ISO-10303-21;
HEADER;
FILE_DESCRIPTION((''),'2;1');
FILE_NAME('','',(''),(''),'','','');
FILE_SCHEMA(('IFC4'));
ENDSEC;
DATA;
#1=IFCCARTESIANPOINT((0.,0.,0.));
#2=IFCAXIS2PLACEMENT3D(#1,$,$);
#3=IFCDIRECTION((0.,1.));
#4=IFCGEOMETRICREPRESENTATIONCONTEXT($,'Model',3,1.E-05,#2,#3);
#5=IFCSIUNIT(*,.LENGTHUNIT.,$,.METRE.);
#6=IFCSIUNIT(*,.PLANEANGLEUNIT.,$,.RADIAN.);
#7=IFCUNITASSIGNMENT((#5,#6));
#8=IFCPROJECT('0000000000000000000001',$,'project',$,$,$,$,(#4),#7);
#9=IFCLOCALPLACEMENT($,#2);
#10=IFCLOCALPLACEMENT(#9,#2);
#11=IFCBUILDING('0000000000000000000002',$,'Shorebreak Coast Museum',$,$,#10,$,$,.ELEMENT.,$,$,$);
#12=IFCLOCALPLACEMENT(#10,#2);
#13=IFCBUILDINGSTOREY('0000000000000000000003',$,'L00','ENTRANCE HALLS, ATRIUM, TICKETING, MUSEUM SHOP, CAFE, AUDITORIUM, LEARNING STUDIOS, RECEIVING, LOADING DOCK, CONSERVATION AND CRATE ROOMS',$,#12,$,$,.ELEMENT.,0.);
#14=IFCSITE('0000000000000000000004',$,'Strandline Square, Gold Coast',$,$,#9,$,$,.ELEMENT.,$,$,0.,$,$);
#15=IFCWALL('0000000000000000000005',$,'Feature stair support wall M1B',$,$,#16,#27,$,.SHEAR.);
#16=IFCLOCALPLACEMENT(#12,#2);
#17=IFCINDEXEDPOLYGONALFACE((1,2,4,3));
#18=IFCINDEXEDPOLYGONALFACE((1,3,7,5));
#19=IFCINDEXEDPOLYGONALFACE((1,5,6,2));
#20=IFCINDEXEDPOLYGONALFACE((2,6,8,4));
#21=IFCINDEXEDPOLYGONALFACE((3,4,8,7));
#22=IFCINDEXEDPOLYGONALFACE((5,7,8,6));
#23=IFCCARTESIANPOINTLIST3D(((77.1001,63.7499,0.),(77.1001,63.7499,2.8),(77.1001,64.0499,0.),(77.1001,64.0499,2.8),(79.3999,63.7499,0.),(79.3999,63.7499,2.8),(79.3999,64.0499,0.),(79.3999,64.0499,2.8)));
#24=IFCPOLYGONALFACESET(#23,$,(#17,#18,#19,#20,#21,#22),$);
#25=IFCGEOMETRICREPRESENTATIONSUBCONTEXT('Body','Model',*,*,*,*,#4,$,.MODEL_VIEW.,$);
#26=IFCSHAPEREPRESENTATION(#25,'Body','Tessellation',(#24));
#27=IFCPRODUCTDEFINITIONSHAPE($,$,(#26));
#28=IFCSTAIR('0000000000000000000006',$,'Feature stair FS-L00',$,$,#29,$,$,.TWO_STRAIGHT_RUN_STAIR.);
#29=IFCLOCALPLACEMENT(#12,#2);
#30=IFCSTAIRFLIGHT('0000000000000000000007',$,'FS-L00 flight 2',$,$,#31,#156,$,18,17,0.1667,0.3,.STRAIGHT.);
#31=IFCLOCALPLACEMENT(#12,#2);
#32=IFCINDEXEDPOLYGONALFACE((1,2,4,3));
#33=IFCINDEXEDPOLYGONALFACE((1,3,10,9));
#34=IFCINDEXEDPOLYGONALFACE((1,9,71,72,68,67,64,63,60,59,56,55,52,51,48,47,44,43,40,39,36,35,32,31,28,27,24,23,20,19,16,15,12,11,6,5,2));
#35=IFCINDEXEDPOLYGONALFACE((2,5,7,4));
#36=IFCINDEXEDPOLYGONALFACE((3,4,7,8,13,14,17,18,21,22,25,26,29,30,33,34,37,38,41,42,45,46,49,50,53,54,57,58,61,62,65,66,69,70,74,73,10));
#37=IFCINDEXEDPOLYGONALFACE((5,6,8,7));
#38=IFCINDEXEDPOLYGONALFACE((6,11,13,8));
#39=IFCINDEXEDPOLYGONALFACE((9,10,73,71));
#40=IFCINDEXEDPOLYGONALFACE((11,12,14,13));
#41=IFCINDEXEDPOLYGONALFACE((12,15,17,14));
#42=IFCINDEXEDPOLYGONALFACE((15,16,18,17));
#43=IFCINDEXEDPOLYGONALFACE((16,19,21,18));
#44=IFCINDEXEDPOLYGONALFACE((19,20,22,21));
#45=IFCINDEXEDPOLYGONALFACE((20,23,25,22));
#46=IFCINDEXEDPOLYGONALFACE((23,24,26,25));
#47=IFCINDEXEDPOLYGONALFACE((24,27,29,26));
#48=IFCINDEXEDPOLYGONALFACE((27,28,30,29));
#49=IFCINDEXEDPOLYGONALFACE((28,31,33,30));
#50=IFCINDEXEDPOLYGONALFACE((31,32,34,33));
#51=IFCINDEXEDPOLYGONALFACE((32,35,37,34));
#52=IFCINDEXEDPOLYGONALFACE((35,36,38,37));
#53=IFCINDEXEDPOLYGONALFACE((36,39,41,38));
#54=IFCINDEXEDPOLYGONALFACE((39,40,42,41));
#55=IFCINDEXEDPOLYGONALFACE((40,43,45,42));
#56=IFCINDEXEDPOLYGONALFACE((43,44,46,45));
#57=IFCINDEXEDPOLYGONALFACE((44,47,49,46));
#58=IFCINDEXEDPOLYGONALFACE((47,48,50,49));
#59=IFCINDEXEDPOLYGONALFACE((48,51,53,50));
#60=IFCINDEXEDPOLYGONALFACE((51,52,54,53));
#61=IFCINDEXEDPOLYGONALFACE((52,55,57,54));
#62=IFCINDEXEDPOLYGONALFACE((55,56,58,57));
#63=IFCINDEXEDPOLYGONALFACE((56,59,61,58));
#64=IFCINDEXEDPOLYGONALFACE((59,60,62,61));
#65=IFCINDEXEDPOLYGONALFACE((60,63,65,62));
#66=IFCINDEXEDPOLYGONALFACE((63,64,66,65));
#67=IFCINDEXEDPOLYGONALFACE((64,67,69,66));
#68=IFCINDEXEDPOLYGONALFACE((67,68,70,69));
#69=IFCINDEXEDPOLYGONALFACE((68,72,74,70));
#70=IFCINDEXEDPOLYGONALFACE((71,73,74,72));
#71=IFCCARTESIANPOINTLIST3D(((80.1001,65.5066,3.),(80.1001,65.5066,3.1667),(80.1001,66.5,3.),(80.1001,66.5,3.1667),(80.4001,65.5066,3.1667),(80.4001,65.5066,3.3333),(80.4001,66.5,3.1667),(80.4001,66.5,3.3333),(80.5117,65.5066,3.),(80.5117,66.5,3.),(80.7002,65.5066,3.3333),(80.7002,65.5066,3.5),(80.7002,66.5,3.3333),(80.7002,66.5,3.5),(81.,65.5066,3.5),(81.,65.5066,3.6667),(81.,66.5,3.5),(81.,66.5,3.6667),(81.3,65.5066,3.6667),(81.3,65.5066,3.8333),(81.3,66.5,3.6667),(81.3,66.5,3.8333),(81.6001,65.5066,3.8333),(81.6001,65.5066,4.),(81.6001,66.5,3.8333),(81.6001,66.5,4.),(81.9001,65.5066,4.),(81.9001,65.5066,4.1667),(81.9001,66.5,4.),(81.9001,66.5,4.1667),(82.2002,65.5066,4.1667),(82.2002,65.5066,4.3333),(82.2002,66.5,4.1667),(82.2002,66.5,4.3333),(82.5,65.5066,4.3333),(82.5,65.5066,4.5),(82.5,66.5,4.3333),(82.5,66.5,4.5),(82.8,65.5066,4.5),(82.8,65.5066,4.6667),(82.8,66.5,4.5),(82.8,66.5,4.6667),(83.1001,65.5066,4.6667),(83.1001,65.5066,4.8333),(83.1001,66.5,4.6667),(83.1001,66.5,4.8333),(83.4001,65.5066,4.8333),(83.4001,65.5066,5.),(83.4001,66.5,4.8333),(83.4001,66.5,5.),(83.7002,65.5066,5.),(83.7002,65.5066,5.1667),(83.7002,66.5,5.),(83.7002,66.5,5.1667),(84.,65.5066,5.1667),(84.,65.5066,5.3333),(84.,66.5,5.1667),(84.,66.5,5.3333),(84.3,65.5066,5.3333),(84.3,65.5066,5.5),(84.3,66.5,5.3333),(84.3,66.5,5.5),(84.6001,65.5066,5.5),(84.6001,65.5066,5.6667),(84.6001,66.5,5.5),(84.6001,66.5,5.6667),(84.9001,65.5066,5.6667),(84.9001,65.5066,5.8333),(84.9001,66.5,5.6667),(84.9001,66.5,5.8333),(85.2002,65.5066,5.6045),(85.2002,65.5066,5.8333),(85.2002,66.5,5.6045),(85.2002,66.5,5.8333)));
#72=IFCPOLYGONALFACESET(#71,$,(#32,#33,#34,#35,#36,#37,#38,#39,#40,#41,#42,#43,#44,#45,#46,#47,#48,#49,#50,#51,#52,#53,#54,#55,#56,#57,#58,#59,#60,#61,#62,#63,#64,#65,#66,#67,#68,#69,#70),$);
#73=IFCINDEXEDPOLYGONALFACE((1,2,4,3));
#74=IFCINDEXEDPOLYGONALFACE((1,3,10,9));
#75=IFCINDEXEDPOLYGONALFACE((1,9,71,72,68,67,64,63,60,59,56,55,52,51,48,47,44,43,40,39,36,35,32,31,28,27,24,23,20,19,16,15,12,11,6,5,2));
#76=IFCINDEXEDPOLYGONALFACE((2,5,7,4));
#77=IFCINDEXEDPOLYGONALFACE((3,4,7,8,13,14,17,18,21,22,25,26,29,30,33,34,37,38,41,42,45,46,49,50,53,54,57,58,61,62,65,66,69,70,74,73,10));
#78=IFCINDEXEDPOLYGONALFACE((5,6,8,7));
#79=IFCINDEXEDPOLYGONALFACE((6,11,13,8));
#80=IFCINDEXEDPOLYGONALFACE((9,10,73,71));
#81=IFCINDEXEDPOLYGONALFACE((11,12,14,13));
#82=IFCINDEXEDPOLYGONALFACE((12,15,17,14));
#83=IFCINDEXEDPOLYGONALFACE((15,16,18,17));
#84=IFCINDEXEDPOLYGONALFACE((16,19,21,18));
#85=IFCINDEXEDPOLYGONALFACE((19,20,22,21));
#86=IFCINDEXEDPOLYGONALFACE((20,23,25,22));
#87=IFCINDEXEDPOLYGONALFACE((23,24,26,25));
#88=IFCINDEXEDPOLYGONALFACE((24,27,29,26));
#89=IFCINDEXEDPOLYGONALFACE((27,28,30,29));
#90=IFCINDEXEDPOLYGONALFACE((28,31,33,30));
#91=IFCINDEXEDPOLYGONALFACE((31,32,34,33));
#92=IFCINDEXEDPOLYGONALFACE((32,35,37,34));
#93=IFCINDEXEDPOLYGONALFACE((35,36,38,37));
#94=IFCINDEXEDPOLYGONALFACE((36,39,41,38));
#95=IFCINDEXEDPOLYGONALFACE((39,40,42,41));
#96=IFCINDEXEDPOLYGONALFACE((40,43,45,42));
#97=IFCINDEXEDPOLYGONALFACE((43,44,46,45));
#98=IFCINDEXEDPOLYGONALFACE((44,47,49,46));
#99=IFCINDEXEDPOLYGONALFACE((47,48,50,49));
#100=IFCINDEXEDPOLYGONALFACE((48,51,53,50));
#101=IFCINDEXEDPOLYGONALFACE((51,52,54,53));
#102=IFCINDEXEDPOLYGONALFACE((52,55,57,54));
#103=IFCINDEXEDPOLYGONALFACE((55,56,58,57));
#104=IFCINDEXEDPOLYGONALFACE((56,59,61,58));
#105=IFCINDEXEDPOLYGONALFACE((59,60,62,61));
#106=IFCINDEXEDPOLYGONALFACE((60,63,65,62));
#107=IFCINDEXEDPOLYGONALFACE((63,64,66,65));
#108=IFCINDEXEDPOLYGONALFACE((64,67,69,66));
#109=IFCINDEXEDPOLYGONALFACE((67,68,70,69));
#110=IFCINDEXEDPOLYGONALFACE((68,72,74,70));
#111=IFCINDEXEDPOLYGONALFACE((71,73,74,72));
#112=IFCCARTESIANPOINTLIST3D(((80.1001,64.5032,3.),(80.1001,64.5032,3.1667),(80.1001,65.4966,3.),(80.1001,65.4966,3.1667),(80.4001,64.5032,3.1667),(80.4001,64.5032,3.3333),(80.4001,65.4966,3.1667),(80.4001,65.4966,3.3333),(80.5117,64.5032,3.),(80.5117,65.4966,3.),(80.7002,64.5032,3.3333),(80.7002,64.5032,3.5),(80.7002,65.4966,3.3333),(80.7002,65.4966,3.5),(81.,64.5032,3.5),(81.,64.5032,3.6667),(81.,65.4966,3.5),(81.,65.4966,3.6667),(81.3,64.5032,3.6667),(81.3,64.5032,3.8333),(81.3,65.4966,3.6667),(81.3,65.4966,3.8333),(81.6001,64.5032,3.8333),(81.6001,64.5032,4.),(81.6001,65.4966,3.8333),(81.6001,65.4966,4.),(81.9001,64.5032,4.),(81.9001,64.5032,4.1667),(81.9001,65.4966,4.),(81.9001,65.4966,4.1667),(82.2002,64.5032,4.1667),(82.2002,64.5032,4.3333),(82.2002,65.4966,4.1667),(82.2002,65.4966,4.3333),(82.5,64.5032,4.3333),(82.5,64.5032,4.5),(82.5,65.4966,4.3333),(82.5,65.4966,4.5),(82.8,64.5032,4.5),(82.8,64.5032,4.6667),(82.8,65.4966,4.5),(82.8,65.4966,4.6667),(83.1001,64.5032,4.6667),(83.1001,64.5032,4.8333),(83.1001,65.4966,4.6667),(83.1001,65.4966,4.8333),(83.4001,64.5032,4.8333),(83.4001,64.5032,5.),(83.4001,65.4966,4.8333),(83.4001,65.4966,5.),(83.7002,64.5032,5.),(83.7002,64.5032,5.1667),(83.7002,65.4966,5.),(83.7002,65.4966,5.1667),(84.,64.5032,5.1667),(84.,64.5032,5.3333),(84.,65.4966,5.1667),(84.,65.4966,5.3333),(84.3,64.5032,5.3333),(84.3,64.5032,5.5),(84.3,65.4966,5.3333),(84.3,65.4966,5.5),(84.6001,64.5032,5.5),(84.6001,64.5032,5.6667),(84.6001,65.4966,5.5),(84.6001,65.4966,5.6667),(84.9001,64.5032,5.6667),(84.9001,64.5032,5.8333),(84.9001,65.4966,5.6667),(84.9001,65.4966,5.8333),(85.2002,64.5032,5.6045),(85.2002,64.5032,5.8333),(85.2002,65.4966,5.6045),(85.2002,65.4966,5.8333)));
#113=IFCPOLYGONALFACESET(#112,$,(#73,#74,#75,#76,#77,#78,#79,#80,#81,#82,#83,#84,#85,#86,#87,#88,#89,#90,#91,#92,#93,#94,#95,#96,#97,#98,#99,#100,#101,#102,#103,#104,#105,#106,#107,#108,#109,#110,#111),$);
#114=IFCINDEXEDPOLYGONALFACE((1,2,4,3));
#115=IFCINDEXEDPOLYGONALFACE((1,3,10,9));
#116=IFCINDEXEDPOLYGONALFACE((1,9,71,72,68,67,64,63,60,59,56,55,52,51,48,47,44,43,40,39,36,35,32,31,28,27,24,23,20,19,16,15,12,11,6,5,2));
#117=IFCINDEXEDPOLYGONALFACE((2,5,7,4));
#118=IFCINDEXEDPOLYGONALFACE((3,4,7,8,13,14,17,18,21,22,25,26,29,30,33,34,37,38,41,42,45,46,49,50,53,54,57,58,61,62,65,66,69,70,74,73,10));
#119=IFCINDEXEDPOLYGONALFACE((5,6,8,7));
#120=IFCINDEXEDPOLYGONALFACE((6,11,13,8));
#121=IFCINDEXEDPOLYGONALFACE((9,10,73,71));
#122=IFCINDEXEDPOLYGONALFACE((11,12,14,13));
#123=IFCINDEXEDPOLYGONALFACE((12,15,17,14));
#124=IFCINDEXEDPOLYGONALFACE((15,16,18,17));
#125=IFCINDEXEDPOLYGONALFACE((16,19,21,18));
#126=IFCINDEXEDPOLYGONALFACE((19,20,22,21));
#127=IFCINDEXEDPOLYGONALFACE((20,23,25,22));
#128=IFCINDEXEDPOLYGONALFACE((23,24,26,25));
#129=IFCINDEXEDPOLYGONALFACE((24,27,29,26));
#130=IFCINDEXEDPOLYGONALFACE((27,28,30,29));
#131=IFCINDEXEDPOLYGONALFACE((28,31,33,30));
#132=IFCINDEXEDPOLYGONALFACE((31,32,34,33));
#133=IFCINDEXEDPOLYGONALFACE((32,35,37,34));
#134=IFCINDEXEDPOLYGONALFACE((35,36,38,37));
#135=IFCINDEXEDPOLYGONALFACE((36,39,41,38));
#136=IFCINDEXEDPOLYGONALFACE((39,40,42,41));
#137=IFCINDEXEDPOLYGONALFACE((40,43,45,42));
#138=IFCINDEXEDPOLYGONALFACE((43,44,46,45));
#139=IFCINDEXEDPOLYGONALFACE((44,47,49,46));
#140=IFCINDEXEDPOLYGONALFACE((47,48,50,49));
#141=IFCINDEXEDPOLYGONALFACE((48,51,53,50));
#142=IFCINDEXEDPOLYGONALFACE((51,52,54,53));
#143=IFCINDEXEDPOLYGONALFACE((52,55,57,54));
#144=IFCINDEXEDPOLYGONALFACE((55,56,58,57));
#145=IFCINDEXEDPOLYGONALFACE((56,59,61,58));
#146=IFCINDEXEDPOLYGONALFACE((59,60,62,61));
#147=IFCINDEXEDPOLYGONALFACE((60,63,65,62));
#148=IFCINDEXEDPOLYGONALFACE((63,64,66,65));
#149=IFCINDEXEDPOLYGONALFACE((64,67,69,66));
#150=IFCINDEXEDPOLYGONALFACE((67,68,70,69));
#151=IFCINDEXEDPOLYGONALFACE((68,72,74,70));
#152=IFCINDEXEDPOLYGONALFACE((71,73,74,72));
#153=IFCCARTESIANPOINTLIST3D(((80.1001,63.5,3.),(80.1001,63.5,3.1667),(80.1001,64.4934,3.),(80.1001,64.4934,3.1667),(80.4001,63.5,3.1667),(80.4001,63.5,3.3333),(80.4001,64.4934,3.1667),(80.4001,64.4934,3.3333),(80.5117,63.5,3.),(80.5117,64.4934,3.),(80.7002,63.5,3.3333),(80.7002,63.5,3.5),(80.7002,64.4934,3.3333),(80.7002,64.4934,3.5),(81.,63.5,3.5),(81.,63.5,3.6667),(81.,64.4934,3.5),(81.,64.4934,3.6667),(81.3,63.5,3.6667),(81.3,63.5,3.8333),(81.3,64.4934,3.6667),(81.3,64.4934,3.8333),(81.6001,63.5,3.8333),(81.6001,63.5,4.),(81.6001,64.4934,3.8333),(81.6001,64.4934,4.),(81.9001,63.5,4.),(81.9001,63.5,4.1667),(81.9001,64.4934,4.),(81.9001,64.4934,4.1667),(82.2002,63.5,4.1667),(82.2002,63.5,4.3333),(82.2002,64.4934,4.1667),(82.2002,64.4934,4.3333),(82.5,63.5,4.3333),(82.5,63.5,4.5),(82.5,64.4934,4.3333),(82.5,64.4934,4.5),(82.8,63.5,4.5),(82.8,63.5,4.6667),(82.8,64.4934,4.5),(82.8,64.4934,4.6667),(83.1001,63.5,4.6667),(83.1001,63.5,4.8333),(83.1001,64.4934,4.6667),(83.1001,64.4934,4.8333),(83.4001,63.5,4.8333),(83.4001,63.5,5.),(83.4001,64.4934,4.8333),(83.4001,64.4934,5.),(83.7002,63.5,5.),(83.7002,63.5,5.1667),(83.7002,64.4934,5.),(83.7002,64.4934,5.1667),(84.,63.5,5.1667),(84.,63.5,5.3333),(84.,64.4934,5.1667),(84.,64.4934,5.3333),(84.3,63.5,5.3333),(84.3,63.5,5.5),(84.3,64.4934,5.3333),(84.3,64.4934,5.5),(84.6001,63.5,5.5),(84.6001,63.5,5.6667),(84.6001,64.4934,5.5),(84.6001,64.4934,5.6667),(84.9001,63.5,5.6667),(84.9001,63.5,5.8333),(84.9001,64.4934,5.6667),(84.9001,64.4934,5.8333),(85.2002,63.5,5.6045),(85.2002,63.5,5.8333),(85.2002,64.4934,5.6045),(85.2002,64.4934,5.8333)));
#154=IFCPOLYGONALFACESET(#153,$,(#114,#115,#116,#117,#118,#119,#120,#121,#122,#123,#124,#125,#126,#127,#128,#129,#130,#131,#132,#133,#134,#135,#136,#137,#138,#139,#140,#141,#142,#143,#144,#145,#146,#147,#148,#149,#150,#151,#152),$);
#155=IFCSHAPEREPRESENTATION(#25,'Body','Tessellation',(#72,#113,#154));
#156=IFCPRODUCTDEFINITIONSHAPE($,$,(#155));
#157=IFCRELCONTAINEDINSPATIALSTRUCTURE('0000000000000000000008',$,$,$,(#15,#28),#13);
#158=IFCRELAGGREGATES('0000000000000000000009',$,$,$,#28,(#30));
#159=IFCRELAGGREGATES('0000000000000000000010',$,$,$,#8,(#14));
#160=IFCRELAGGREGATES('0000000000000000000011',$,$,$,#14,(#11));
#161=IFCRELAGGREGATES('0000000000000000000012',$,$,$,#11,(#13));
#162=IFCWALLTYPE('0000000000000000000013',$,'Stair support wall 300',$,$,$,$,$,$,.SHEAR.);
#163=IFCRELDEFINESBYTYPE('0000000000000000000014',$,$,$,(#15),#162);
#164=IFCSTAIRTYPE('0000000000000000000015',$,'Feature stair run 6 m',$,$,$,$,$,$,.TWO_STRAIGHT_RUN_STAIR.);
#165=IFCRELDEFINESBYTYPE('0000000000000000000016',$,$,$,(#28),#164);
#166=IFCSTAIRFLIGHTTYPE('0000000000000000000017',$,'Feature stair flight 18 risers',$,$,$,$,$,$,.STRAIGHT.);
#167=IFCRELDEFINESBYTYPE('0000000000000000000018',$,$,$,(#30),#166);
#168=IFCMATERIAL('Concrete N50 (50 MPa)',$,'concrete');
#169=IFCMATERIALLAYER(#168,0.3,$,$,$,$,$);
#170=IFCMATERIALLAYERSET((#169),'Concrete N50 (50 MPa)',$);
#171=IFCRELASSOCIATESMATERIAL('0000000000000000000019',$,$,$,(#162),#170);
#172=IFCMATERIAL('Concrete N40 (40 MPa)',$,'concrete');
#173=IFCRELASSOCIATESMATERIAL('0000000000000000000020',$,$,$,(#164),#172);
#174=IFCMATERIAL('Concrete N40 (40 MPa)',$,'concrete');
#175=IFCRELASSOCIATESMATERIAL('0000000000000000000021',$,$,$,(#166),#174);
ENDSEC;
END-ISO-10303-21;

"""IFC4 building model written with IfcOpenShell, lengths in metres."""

from ifc_helpers import new_model, si_unit, direction, frame, frame_2d, origin, place, context, subcontext, project, spatial, polyline, rectangle, outline, extrude, material, layer, layer_set, type_object, element, aggregate, save


model = new_model("IFC4")

# Units and contexts
model_context = context("Model", 3, precision=1e-05, world=origin(), true_north=direction((0.0, 1.0)))
body_context = subcontext(model_context, "Body", "Model", "MODEL_VIEW")
ifc_project = project(units=[si_unit("LENGTHUNIT", "METRE"), si_unit("PLANEANGLEUNIT", "RADIAN")], contexts=[model_context])

# Site, building, storey
site_placement = place(None, origin())
site = spatial("IfcSite", under=ifc_project, at=site_placement, Name="Strandline Square, Gold Coast", CompositionType="ELEMENT", RefElevation=0.0)
building_placement = place(site_placement, origin())
building = spatial("IfcBuilding", under=site, at=building_placement, Name="Shorebreak Coast Museum", CompositionType="ELEMENT")
storey_placement = place(building_placement, origin())
storey = spatial("IfcBuildingStorey", under=building, at=storey_placement, Name="L00", Description="ENTRANCE HALLS, ATRIUM, TICKETING, MUSEUM SHOP, CAFE, AUDITORIUM, LEARNING STUDIOS, RECEIVING, LOADING DOCK, CONSERVATION AND CRATE ROOMS", CompositionType="ELEMENT", Elevation=0.0)

# Wall
ifc_material_1 = material(Name="Concrete N50 (50 MPa)", Category="concrete")
ifc_layer_1 = layer(ifc_material_1, 0.3)
ifc_layer_set_1 = layer_set([ifc_layer_1], Name="Concrete N50 (50 MPa)")
wall_type_1 = type_object("IfcWallType", Name="Stair support wall 300", PredefinedType="SHEAR", material=ifc_layer_set_1)
wall_1_placement = place(storey_placement, frame((77.1001, 63.8999, 0.0), z_axis=(0.0, 0.0, 1.0), x_axis=(1.0, 0.0, 0.0)))
element("IfcWall", 1, at=wall_1_placement, inside=storey, type_object=wall_type_1, Name="Feature stair support wall M1B", PredefinedType="SHEAR", context=body_context, shape_type="SweptSolid", body=[
    extrude(rectangle(XDim=2.2998, YDim=0.3, at=frame_2d((1.1499, 0.0))), origin(), (0.0, 0.0, 1.0), 2.8),
])

# Stair, stair flight
ifc_material_2 = material(Name="Concrete N40 (40 MPa)", Category="concrete")
stair_type = type_object("IfcStairType", Name="Feature stair run 6 m", PredefinedType="TWO_STRAIGHT_RUN_STAIR", material=ifc_material_2)
stair_placement = place(storey_placement, origin())
stair = element("IfcStair", 2, at=stair_placement, inside=storey, type_object=stair_type, Name="Feature stair FS-L00", PredefinedType="TWO_STRAIGHT_RUN_STAIR")
ifc_material_3 = material(Name="Concrete N40 (40 MPa)", Category="concrete")
stair_flight_type = type_object("IfcStairFlightType", Name="Feature stair flight 18 risers", PredefinedType="STRAIGHT", material=ifc_material_3)
stair_flight_placement = place(storey_placement, frame((80.1001, 65.0, 3.0), z_axis=(0.0, 0.0, 1.0), x_axis=(1.0, 0.0, 0.0)))
stair_flight = element("IfcStairFlight", 3, at=stair_flight_placement, type_object=stair_flight_type, Name="FS-L00 flight 2", NumberOfRisers=18, NumberOfTreads=17, PredefinedType="STRAIGHT", RiserHeight=0.1667, TreadLength=0.3, context=body_context, shape_type="SweptSolid", body=[
    extrude(outline(polyline([(0.0, 0.0), (0.0, 0.1667), (0.3, 0.1667), (0.3, 0.3333), (0.6001, 0.3333), (0.6001, 0.5), (0.8999, 0.5), (0.8999, 0.6667), (1.2, 0.6667), (1.2, 0.8333), (1.5, 0.8333), (1.5, 1.0), (1.8, 1.0), (1.8, 1.1667), (2.1001, 1.1667), (2.1001, 1.3333), (2.3999, 1.3333), (2.3999, 1.5), (2.7, 1.5), (2.7, 1.6667), (3.0, 1.6667), (3.0, 1.8333), (3.3, 1.8333), (3.3, 2.0), (3.6001, 2.0), (3.6001, 2.1667), (3.8999, 2.1667), (3.8999, 2.3333), (4.2, 2.3333), (4.2, 2.5), (4.5, 2.5), (4.5, 2.6667), (4.8, 2.6667), (4.8, 2.8333), (5.1001, 2.8333), (5.1001, 3.0), (5.1001, 2.6045), (0.4116, 0.0), (0.0, 0.0)])), frame((0.0, 1.5, 0.0), z_axis=(0.0, -1.0, 0.0), x_axis=(1.0, 0.0, 0.0)), (0.0, 0.0, 1.0), 0.9934),
    extrude(outline(polyline([(0.0, 0.0), (0.0, 0.1667), (0.3, 0.1667), (0.3, 0.3333), (0.6001, 0.3333), (0.6001, 0.5), (0.8999, 0.5), (0.8999, 0.6667), (1.2, 0.6667), (1.2, 0.8333), (1.5, 0.8333), (1.5, 1.0), (1.8, 1.0), (1.8, 1.1667), (2.1001, 1.1667), (2.1001, 1.3333), (2.3999, 1.3333), (2.3999, 1.5), (2.7, 1.5), (2.7, 1.6667), (3.0, 1.6667), (3.0, 1.8333), (3.3, 1.8333), (3.3, 2.0), (3.6001, 2.0), (3.6001, 2.1667), (3.8999, 2.1667), (3.8999, 2.3333), (4.2, 2.3333), (4.2, 2.5), (4.5, 2.5), (4.5, 2.6667), (4.8, 2.6667), (4.8, 2.8333), (5.1001, 2.8333), (5.1001, 3.0), (5.1001, 2.6045), (0.4116, 0.0), (0.0, 0.0)])), frame((0.0, 0.4966, 0.0), z_axis=(0.0, -1.0, 0.0), x_axis=(1.0, 0.0, 0.0)), (0.0, 0.0, 1.0), 0.9934),
    extrude(outline(polyline([(0.0, 0.0), (0.0, 0.1667), (0.3, 0.1667), (0.3, 0.3333), (0.6001, 0.3333), (0.6001, 0.5), (0.8999, 0.5), (0.8999, 0.6667), (1.2, 0.6667), (1.2, 0.8333), (1.5, 0.8333), (1.5, 1.0), (1.8, 1.0), (1.8, 1.1667), (2.1001, 1.1667), (2.1001, 1.3333), (2.3999, 1.3333), (2.3999, 1.5), (2.7, 1.5), (2.7, 1.6667), (3.0, 1.6667), (3.0, 1.8333), (3.3, 1.8333), (3.3, 2.0), (3.6001, 2.0), (3.6001, 2.1667), (3.8999, 2.1667), (3.8999, 2.3333), (4.2, 2.3333), (4.2, 2.5), (4.5, 2.5), (4.5, 2.6667), (4.8, 2.6667), (4.8, 2.8333), (5.1001, 2.8333), (5.1001, 3.0), (5.1001, 2.6045), (0.4116, 0.0), (0.0, 0.0)])), frame((0.0, -0.5066, 0.0), z_axis=(0.0, -1.0, 0.0), x_axis=(1.0, 0.0, 0.0)), (0.0, 0.0, 1.0), 0.9934),
])
aggregate(stair, [stair_flight])

save(model, "model.ifc")
